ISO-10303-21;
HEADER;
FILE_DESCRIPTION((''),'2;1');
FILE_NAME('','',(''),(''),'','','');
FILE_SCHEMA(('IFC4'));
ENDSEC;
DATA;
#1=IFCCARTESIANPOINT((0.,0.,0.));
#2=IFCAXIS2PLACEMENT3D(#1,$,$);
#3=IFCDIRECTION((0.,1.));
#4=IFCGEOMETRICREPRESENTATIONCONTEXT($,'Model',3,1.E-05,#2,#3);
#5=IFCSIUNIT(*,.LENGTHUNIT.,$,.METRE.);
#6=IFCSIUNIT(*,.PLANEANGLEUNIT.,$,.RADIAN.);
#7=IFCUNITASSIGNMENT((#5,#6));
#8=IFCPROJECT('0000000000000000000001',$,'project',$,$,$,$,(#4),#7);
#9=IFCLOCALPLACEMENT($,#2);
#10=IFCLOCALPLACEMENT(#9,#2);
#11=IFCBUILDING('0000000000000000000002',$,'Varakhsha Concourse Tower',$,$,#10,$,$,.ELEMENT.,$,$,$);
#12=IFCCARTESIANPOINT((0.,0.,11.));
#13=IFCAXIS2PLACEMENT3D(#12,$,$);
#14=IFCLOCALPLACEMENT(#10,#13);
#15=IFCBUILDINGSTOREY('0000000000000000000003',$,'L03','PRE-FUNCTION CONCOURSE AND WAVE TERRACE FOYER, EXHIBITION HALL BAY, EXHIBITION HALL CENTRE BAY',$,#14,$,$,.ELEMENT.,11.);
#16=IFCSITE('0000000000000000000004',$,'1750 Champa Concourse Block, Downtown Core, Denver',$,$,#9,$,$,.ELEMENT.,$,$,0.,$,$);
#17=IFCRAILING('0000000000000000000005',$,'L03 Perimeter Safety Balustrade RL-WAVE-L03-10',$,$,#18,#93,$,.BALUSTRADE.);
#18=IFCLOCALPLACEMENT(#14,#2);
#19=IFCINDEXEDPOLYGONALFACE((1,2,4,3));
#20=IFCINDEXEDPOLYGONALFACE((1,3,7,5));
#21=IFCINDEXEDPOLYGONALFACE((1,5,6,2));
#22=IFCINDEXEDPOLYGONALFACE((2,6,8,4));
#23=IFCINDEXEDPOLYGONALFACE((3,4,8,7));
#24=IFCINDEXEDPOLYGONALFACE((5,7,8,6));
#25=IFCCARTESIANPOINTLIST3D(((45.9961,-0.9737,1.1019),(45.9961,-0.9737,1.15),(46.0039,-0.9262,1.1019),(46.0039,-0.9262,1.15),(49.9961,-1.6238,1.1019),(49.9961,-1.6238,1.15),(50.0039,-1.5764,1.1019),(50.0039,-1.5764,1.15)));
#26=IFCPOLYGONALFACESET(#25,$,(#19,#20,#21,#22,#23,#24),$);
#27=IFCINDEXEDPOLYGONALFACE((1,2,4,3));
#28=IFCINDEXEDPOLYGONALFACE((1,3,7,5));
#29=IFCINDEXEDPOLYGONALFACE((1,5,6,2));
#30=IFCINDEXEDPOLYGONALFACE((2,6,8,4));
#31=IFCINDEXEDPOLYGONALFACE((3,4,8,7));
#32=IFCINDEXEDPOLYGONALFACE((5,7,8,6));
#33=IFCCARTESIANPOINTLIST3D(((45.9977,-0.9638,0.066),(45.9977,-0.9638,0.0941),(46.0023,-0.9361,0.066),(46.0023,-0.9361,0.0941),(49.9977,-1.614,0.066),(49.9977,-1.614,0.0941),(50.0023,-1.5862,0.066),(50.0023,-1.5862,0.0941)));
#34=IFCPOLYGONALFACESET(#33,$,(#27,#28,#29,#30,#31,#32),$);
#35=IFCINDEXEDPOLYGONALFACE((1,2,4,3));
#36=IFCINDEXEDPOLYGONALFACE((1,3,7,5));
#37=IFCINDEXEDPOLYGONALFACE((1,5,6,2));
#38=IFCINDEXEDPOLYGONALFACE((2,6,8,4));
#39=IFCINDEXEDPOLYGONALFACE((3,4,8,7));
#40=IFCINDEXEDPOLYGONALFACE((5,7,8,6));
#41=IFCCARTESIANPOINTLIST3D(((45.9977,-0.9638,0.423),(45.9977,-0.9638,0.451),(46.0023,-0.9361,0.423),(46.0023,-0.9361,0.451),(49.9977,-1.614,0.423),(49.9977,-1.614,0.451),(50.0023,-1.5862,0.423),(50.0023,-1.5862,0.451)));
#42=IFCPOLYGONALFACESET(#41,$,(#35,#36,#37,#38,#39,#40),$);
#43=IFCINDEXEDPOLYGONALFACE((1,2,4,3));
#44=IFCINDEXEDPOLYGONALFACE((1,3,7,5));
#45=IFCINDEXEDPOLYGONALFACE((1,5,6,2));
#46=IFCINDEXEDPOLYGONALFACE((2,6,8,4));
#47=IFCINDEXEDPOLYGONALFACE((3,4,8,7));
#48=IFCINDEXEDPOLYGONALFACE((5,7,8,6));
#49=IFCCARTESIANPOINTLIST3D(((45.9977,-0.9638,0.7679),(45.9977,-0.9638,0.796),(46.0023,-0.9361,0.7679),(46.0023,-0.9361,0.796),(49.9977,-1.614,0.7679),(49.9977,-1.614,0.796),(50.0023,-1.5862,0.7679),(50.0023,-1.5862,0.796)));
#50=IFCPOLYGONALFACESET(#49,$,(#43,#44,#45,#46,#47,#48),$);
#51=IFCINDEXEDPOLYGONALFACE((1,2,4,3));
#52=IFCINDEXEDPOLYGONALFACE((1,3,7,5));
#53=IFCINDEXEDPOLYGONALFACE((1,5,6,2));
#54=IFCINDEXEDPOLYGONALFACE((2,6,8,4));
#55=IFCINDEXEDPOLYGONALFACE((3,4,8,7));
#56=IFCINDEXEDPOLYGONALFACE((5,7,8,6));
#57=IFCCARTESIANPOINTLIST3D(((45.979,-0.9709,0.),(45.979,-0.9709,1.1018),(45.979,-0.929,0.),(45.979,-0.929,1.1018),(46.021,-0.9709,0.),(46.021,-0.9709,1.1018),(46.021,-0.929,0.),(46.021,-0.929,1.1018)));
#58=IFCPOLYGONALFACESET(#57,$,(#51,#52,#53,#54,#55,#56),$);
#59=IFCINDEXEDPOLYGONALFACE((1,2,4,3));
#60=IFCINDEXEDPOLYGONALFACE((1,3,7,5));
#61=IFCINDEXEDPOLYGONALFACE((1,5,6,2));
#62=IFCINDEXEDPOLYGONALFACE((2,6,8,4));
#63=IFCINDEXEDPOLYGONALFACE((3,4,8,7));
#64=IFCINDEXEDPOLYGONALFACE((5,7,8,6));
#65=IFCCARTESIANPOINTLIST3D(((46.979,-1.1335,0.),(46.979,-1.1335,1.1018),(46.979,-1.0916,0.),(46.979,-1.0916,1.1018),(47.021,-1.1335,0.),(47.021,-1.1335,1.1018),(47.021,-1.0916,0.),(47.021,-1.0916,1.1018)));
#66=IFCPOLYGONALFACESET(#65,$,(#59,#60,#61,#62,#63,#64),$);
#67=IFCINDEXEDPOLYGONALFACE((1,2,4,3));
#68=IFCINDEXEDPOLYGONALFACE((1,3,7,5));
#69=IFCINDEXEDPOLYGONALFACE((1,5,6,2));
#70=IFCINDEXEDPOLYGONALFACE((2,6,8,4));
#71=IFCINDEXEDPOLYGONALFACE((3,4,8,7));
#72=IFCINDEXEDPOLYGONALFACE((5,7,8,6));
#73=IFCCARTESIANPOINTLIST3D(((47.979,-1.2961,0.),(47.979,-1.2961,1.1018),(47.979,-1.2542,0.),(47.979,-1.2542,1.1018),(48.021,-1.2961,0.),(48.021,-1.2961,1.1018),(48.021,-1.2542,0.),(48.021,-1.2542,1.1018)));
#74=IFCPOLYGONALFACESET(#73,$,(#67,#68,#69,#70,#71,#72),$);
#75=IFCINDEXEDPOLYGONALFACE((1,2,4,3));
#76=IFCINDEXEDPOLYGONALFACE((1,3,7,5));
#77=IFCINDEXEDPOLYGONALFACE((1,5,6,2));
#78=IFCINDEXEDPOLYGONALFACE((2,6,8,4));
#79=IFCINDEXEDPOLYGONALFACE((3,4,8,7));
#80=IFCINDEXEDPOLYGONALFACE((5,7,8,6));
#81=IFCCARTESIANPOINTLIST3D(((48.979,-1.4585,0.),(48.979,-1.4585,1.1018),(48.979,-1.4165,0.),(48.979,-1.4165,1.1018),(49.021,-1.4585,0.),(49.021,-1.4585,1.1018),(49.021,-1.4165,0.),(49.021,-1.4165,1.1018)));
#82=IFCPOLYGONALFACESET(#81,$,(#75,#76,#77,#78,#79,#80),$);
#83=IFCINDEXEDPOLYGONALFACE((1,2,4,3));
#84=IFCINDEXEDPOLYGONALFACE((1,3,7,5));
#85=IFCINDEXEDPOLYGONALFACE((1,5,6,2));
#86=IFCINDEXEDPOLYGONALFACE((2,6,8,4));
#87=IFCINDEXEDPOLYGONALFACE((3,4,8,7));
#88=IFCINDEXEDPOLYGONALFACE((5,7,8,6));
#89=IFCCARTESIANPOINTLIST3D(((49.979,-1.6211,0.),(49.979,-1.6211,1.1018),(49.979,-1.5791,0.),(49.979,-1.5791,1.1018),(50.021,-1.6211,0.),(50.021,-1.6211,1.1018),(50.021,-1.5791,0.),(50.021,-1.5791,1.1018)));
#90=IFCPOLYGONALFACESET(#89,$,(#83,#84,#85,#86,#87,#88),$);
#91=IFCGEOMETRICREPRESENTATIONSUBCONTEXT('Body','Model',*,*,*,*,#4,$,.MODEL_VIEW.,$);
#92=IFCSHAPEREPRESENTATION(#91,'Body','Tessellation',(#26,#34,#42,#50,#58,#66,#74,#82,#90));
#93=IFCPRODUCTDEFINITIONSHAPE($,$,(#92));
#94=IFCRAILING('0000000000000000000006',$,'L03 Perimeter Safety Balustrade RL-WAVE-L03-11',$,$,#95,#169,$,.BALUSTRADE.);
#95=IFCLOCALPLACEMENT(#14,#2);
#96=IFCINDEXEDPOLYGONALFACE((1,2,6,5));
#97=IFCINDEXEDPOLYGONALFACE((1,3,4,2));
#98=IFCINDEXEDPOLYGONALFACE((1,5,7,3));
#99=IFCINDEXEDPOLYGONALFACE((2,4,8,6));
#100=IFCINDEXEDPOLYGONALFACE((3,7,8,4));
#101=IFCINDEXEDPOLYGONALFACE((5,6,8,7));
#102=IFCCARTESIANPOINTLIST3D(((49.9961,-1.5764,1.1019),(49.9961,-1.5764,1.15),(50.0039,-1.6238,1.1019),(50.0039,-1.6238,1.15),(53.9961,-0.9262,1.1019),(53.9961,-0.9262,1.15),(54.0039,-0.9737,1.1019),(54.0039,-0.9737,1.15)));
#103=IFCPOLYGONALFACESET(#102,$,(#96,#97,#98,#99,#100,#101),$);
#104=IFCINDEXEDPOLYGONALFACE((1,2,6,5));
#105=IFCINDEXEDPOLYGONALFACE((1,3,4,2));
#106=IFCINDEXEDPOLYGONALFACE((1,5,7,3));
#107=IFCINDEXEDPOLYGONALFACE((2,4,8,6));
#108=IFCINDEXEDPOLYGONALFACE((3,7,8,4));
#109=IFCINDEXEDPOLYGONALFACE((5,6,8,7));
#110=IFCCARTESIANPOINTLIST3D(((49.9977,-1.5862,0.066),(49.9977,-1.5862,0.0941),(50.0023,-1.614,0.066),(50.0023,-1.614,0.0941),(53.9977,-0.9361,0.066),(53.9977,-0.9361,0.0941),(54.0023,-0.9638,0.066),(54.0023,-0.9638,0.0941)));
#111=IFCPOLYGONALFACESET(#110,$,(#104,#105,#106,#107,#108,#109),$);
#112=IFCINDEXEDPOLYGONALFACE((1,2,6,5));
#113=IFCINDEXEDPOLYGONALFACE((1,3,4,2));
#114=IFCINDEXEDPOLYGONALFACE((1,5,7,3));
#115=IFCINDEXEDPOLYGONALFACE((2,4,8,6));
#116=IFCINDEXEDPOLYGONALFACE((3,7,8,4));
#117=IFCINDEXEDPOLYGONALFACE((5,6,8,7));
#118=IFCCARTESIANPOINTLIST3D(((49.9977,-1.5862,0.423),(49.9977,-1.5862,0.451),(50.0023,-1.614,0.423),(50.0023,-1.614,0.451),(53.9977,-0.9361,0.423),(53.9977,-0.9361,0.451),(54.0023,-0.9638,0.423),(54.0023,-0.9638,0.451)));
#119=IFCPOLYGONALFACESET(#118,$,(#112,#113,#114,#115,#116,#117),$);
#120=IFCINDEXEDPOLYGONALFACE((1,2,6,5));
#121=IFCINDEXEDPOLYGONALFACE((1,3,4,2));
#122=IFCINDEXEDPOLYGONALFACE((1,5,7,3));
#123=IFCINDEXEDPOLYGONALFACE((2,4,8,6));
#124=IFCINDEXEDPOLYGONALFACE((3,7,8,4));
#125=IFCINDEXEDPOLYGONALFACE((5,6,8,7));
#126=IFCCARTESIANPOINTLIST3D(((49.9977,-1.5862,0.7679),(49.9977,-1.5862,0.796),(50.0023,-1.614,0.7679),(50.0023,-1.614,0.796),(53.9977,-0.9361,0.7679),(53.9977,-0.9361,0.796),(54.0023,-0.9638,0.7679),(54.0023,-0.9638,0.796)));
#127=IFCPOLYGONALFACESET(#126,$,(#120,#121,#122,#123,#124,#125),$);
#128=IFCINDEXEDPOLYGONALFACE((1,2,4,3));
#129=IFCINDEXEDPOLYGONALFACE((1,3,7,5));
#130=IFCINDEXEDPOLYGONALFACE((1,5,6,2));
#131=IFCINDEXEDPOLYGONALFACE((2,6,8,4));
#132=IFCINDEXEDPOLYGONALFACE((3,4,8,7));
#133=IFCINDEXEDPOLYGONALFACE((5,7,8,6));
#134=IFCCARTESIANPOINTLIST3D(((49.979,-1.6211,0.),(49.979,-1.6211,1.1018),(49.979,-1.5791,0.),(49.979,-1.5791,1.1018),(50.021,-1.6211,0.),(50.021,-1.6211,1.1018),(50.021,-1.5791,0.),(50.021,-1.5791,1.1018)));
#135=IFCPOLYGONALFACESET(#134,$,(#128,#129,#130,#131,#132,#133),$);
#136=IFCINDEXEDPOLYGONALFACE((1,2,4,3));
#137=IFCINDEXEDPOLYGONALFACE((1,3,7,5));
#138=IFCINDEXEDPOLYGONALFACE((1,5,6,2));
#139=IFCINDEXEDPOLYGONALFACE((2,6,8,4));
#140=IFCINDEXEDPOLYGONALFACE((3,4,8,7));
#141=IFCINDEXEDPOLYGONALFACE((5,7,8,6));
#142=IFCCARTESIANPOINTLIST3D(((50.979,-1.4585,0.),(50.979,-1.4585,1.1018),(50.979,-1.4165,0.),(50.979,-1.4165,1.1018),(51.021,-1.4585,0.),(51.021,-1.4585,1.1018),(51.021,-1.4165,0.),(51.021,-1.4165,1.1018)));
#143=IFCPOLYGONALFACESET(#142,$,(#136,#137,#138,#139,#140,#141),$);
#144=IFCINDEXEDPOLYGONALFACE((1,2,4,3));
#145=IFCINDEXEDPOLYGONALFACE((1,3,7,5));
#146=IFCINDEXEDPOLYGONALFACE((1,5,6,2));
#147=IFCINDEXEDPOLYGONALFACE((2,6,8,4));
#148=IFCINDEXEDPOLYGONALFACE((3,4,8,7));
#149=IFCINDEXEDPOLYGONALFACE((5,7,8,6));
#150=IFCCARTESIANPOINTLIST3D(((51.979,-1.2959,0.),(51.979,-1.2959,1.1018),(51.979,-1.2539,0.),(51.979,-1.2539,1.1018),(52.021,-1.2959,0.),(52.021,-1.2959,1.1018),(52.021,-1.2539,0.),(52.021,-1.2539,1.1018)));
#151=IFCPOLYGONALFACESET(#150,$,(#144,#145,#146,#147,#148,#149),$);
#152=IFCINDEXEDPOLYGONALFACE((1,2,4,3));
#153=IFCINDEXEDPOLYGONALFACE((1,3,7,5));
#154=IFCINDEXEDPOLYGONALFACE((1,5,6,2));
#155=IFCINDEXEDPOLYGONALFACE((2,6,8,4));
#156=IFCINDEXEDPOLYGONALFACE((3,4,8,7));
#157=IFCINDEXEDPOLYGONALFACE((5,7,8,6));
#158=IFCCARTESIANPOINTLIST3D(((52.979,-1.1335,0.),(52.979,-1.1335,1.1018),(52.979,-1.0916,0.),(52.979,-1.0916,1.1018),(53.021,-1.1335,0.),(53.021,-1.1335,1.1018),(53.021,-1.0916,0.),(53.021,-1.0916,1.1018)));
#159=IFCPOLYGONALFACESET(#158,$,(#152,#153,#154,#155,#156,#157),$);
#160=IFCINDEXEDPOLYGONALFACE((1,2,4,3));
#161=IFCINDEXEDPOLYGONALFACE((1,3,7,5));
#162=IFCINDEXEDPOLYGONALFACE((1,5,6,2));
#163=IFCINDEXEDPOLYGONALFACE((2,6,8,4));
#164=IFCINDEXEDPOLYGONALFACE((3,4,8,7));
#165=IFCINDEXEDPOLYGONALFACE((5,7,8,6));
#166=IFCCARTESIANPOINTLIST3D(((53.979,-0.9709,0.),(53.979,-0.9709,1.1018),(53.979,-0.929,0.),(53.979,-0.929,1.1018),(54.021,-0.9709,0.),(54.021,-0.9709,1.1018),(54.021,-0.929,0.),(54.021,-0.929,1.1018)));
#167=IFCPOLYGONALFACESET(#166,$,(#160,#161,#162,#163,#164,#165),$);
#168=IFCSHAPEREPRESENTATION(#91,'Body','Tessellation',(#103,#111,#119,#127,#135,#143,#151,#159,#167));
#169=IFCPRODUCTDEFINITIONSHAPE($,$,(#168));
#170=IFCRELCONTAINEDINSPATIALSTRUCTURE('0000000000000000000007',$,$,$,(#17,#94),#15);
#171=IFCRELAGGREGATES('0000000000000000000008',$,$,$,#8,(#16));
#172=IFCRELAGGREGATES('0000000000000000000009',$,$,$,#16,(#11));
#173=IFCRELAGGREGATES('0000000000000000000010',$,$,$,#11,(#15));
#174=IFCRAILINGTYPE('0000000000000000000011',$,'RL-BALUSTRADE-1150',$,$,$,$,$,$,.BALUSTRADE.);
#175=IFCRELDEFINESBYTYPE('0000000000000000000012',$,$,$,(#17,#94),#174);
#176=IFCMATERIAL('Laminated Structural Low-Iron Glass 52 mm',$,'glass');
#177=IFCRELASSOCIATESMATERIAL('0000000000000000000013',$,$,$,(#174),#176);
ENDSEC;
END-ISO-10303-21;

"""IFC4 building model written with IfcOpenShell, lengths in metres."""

from ifc_helpers import new_model, si_unit, direction, frame, origin, origin_2d, place, context, subcontext, project, spatial, rectangle, extrude, material, type_object, element, save


model = new_model("IFC4")

# Units and contexts
model_context = context("Model", 3, precision=1e-05, world=origin(), true_north=direction((0.0, 1.0)))
body_context = subcontext(model_context, "Body", "Model", "MODEL_VIEW")
ifc_project = project(units=[si_unit("LENGTHUNIT", "METRE"), si_unit("PLANEANGLEUNIT", "RADIAN")], contexts=[model_context])

# Site, building, storey
site_placement = place(None, origin())
site = spatial("IfcSite", under=ifc_project, at=site_placement, Name="1750 Champa Concourse Block, Downtown Core, Denver", CompositionType="ELEMENT", RefElevation=0.0)
building_placement = place(site_placement, origin())
building = spatial("IfcBuilding", under=site, at=building_placement, Name="Varakhsha Concourse Tower", CompositionType="ELEMENT")
storey_placement = place(building_placement, frame((0.0, 0.0, 11.0)))
storey = spatial("IfcBuildingStorey", under=building, at=storey_placement, Name="L03", Description="PRE-FUNCTION CONCOURSE AND WAVE TERRACE FOYER, EXHIBITION HALL BAY, EXHIBITION HALL CENTRE BAY", CompositionType="ELEMENT", Elevation=11.0)

# Railings
ifc_material_1 = material(Name="Laminated Structural Low-Iron Glass 52 mm", Category="glass")
railing_type_1 = type_object("IfcRailingType", Name="RL-BALUSTRADE-1150", PredefinedType="BALUSTRADE", material=ifc_material_1)
railing_1_placement = place(storey_placement, frame((46.0, -0.95, 0.0)))
element("IfcRailing", 1, at=railing_1_placement, inside=storey, type_object=railing_type_1, Name="L03 Perimeter Safety Balustrade RL-WAVE-L03-10", PredefinedType="BALUSTRADE", context=body_context, shape_type="SweptSolid", body=[
    extrude(rectangle(XDim=0.0481, YDim=0.0481, at=origin_2d()), frame((0.0, 0.0, 1.126), z_axis=(0.987047, -0.160431, 0.0), x_axis=(0.160431, 0.987047, 0.0)), (0.0, 0.0, 1.0), 4.0525),
    extrude(rectangle(XDim=0.0281, YDim=0.0281, at=origin_2d()), frame((0.0, 0.0, 0.0801), z_axis=(0.987047, -0.160431, 0.0), x_axis=(0.160431, 0.987047, 0.0)), (0.0, 0.0, 1.0), 4.0525),
    extrude(rectangle(XDim=0.0281, YDim=0.0281, at=origin_2d()), frame((0.0, 0.0, 0.437), z_axis=(0.987047, -0.160431, 0.0), x_axis=(0.160431, 0.987047, 0.0)), (0.0, 0.0, 1.0), 4.0525),
    extrude(rectangle(XDim=0.0281, YDim=0.0281, at=origin_2d()), frame((0.0, 0.0, 0.782), z_axis=(0.987047, -0.160431, 0.0), x_axis=(0.160431, 0.987047, 0.0)), (0.0, 0.0, 1.0), 4.0525),
    extrude(rectangle(XDim=0.042, YDim=0.042, at=origin_2d()), origin(), (0.0, 0.0, 1.0), 1.1018),
    extrude(rectangle(XDim=0.042, YDim=0.042, at=origin_2d()), frame((1.0, -0.1626, 0.0)), (0.0, 0.0, 1.0), 1.1018),
    extrude(rectangle(XDim=0.042, YDim=0.042, at=origin_2d()), frame((2.0, -0.3252, 0.0)), (0.0, 0.0, 1.0), 1.1018),
    extrude(rectangle(XDim=0.042, YDim=0.042, at=origin_2d()), frame((3.0, -0.4875, 0.0)), (0.0, 0.0, 1.0), 1.1018),
    extrude(rectangle(XDim=0.042, YDim=0.042, at=origin_2d()), frame((4.0, -0.6501, 0.0)), (0.0, 0.0, 1.0), 1.1018),
])
railing_2_placement = place(storey_placement, frame((50.0, -1.6001, 0.0)))
element("IfcRailing", 2, at=railing_2_placement, inside=storey, type_object=railing_type_1, Name="L03 Perimeter Safety Balustrade RL-WAVE-L03-11", PredefinedType="BALUSTRADE", context=body_context, shape_type="SweptSolid", body=[
    extrude(rectangle(XDim=0.0481, YDim=0.0481, at=origin_2d()), frame((0.0, 0.0, 1.126), z_axis=(0.987047, 0.160431, 0.0), x_axis=(-0.160431, 0.987047, 0.0)), (0.0, 0.0, 1.0), 4.0525),
    extrude(rectangle(XDim=0.0281, YDim=0.0281, at=origin_2d()), frame((0.0, 0.0, 0.0801), z_axis=(0.987047, 0.160431, 0.0), x_axis=(-0.160431, 0.987047, 0.0)), (0.0, 0.0, 1.0), 4.0525),
    extrude(rectangle(XDim=0.0281, YDim=0.0281, at=origin_2d()), frame((0.0, 0.0, 0.437), z_axis=(0.987047, 0.160431, 0.0), x_axis=(-0.160431, 0.987047, 0.0)), (0.0, 0.0, 1.0), 4.0525),
    extrude(rectangle(XDim=0.0281, YDim=0.0281, at=origin_2d()), frame((0.0, 0.0, 0.782), z_axis=(0.987047, 0.160431, 0.0), x_axis=(-0.160431, 0.987047, 0.0)), (0.0, 0.0, 1.0), 4.0525),
    extrude(rectangle(XDim=0.042, YDim=0.042, at=origin_2d()), origin(), (0.0, 0.0, 1.0), 1.1018),
    extrude(rectangle(XDim=0.042, YDim=0.042, at=origin_2d()), frame((1.0, 0.1626, 0.0)), (0.0, 0.0, 1.0), 1.1018),
    extrude(rectangle(XDim=0.042, YDim=0.042, at=origin_2d()), frame((2.0, 0.3252, 0.0)), (0.0, 0.0, 1.0), 1.1018),
    extrude(rectangle(XDim=0.042, YDim=0.042, at=origin_2d()), frame((3.0, 0.4875, 0.0)), (0.0, 0.0, 1.0), 1.1018),
    extrude(rectangle(XDim=0.042, YDim=0.042, at=origin_2d()), frame((4.0, 0.6501, 0.0)), (0.0, 0.0, 1.0), 1.1018),
])

save(model, "model.ifc")
